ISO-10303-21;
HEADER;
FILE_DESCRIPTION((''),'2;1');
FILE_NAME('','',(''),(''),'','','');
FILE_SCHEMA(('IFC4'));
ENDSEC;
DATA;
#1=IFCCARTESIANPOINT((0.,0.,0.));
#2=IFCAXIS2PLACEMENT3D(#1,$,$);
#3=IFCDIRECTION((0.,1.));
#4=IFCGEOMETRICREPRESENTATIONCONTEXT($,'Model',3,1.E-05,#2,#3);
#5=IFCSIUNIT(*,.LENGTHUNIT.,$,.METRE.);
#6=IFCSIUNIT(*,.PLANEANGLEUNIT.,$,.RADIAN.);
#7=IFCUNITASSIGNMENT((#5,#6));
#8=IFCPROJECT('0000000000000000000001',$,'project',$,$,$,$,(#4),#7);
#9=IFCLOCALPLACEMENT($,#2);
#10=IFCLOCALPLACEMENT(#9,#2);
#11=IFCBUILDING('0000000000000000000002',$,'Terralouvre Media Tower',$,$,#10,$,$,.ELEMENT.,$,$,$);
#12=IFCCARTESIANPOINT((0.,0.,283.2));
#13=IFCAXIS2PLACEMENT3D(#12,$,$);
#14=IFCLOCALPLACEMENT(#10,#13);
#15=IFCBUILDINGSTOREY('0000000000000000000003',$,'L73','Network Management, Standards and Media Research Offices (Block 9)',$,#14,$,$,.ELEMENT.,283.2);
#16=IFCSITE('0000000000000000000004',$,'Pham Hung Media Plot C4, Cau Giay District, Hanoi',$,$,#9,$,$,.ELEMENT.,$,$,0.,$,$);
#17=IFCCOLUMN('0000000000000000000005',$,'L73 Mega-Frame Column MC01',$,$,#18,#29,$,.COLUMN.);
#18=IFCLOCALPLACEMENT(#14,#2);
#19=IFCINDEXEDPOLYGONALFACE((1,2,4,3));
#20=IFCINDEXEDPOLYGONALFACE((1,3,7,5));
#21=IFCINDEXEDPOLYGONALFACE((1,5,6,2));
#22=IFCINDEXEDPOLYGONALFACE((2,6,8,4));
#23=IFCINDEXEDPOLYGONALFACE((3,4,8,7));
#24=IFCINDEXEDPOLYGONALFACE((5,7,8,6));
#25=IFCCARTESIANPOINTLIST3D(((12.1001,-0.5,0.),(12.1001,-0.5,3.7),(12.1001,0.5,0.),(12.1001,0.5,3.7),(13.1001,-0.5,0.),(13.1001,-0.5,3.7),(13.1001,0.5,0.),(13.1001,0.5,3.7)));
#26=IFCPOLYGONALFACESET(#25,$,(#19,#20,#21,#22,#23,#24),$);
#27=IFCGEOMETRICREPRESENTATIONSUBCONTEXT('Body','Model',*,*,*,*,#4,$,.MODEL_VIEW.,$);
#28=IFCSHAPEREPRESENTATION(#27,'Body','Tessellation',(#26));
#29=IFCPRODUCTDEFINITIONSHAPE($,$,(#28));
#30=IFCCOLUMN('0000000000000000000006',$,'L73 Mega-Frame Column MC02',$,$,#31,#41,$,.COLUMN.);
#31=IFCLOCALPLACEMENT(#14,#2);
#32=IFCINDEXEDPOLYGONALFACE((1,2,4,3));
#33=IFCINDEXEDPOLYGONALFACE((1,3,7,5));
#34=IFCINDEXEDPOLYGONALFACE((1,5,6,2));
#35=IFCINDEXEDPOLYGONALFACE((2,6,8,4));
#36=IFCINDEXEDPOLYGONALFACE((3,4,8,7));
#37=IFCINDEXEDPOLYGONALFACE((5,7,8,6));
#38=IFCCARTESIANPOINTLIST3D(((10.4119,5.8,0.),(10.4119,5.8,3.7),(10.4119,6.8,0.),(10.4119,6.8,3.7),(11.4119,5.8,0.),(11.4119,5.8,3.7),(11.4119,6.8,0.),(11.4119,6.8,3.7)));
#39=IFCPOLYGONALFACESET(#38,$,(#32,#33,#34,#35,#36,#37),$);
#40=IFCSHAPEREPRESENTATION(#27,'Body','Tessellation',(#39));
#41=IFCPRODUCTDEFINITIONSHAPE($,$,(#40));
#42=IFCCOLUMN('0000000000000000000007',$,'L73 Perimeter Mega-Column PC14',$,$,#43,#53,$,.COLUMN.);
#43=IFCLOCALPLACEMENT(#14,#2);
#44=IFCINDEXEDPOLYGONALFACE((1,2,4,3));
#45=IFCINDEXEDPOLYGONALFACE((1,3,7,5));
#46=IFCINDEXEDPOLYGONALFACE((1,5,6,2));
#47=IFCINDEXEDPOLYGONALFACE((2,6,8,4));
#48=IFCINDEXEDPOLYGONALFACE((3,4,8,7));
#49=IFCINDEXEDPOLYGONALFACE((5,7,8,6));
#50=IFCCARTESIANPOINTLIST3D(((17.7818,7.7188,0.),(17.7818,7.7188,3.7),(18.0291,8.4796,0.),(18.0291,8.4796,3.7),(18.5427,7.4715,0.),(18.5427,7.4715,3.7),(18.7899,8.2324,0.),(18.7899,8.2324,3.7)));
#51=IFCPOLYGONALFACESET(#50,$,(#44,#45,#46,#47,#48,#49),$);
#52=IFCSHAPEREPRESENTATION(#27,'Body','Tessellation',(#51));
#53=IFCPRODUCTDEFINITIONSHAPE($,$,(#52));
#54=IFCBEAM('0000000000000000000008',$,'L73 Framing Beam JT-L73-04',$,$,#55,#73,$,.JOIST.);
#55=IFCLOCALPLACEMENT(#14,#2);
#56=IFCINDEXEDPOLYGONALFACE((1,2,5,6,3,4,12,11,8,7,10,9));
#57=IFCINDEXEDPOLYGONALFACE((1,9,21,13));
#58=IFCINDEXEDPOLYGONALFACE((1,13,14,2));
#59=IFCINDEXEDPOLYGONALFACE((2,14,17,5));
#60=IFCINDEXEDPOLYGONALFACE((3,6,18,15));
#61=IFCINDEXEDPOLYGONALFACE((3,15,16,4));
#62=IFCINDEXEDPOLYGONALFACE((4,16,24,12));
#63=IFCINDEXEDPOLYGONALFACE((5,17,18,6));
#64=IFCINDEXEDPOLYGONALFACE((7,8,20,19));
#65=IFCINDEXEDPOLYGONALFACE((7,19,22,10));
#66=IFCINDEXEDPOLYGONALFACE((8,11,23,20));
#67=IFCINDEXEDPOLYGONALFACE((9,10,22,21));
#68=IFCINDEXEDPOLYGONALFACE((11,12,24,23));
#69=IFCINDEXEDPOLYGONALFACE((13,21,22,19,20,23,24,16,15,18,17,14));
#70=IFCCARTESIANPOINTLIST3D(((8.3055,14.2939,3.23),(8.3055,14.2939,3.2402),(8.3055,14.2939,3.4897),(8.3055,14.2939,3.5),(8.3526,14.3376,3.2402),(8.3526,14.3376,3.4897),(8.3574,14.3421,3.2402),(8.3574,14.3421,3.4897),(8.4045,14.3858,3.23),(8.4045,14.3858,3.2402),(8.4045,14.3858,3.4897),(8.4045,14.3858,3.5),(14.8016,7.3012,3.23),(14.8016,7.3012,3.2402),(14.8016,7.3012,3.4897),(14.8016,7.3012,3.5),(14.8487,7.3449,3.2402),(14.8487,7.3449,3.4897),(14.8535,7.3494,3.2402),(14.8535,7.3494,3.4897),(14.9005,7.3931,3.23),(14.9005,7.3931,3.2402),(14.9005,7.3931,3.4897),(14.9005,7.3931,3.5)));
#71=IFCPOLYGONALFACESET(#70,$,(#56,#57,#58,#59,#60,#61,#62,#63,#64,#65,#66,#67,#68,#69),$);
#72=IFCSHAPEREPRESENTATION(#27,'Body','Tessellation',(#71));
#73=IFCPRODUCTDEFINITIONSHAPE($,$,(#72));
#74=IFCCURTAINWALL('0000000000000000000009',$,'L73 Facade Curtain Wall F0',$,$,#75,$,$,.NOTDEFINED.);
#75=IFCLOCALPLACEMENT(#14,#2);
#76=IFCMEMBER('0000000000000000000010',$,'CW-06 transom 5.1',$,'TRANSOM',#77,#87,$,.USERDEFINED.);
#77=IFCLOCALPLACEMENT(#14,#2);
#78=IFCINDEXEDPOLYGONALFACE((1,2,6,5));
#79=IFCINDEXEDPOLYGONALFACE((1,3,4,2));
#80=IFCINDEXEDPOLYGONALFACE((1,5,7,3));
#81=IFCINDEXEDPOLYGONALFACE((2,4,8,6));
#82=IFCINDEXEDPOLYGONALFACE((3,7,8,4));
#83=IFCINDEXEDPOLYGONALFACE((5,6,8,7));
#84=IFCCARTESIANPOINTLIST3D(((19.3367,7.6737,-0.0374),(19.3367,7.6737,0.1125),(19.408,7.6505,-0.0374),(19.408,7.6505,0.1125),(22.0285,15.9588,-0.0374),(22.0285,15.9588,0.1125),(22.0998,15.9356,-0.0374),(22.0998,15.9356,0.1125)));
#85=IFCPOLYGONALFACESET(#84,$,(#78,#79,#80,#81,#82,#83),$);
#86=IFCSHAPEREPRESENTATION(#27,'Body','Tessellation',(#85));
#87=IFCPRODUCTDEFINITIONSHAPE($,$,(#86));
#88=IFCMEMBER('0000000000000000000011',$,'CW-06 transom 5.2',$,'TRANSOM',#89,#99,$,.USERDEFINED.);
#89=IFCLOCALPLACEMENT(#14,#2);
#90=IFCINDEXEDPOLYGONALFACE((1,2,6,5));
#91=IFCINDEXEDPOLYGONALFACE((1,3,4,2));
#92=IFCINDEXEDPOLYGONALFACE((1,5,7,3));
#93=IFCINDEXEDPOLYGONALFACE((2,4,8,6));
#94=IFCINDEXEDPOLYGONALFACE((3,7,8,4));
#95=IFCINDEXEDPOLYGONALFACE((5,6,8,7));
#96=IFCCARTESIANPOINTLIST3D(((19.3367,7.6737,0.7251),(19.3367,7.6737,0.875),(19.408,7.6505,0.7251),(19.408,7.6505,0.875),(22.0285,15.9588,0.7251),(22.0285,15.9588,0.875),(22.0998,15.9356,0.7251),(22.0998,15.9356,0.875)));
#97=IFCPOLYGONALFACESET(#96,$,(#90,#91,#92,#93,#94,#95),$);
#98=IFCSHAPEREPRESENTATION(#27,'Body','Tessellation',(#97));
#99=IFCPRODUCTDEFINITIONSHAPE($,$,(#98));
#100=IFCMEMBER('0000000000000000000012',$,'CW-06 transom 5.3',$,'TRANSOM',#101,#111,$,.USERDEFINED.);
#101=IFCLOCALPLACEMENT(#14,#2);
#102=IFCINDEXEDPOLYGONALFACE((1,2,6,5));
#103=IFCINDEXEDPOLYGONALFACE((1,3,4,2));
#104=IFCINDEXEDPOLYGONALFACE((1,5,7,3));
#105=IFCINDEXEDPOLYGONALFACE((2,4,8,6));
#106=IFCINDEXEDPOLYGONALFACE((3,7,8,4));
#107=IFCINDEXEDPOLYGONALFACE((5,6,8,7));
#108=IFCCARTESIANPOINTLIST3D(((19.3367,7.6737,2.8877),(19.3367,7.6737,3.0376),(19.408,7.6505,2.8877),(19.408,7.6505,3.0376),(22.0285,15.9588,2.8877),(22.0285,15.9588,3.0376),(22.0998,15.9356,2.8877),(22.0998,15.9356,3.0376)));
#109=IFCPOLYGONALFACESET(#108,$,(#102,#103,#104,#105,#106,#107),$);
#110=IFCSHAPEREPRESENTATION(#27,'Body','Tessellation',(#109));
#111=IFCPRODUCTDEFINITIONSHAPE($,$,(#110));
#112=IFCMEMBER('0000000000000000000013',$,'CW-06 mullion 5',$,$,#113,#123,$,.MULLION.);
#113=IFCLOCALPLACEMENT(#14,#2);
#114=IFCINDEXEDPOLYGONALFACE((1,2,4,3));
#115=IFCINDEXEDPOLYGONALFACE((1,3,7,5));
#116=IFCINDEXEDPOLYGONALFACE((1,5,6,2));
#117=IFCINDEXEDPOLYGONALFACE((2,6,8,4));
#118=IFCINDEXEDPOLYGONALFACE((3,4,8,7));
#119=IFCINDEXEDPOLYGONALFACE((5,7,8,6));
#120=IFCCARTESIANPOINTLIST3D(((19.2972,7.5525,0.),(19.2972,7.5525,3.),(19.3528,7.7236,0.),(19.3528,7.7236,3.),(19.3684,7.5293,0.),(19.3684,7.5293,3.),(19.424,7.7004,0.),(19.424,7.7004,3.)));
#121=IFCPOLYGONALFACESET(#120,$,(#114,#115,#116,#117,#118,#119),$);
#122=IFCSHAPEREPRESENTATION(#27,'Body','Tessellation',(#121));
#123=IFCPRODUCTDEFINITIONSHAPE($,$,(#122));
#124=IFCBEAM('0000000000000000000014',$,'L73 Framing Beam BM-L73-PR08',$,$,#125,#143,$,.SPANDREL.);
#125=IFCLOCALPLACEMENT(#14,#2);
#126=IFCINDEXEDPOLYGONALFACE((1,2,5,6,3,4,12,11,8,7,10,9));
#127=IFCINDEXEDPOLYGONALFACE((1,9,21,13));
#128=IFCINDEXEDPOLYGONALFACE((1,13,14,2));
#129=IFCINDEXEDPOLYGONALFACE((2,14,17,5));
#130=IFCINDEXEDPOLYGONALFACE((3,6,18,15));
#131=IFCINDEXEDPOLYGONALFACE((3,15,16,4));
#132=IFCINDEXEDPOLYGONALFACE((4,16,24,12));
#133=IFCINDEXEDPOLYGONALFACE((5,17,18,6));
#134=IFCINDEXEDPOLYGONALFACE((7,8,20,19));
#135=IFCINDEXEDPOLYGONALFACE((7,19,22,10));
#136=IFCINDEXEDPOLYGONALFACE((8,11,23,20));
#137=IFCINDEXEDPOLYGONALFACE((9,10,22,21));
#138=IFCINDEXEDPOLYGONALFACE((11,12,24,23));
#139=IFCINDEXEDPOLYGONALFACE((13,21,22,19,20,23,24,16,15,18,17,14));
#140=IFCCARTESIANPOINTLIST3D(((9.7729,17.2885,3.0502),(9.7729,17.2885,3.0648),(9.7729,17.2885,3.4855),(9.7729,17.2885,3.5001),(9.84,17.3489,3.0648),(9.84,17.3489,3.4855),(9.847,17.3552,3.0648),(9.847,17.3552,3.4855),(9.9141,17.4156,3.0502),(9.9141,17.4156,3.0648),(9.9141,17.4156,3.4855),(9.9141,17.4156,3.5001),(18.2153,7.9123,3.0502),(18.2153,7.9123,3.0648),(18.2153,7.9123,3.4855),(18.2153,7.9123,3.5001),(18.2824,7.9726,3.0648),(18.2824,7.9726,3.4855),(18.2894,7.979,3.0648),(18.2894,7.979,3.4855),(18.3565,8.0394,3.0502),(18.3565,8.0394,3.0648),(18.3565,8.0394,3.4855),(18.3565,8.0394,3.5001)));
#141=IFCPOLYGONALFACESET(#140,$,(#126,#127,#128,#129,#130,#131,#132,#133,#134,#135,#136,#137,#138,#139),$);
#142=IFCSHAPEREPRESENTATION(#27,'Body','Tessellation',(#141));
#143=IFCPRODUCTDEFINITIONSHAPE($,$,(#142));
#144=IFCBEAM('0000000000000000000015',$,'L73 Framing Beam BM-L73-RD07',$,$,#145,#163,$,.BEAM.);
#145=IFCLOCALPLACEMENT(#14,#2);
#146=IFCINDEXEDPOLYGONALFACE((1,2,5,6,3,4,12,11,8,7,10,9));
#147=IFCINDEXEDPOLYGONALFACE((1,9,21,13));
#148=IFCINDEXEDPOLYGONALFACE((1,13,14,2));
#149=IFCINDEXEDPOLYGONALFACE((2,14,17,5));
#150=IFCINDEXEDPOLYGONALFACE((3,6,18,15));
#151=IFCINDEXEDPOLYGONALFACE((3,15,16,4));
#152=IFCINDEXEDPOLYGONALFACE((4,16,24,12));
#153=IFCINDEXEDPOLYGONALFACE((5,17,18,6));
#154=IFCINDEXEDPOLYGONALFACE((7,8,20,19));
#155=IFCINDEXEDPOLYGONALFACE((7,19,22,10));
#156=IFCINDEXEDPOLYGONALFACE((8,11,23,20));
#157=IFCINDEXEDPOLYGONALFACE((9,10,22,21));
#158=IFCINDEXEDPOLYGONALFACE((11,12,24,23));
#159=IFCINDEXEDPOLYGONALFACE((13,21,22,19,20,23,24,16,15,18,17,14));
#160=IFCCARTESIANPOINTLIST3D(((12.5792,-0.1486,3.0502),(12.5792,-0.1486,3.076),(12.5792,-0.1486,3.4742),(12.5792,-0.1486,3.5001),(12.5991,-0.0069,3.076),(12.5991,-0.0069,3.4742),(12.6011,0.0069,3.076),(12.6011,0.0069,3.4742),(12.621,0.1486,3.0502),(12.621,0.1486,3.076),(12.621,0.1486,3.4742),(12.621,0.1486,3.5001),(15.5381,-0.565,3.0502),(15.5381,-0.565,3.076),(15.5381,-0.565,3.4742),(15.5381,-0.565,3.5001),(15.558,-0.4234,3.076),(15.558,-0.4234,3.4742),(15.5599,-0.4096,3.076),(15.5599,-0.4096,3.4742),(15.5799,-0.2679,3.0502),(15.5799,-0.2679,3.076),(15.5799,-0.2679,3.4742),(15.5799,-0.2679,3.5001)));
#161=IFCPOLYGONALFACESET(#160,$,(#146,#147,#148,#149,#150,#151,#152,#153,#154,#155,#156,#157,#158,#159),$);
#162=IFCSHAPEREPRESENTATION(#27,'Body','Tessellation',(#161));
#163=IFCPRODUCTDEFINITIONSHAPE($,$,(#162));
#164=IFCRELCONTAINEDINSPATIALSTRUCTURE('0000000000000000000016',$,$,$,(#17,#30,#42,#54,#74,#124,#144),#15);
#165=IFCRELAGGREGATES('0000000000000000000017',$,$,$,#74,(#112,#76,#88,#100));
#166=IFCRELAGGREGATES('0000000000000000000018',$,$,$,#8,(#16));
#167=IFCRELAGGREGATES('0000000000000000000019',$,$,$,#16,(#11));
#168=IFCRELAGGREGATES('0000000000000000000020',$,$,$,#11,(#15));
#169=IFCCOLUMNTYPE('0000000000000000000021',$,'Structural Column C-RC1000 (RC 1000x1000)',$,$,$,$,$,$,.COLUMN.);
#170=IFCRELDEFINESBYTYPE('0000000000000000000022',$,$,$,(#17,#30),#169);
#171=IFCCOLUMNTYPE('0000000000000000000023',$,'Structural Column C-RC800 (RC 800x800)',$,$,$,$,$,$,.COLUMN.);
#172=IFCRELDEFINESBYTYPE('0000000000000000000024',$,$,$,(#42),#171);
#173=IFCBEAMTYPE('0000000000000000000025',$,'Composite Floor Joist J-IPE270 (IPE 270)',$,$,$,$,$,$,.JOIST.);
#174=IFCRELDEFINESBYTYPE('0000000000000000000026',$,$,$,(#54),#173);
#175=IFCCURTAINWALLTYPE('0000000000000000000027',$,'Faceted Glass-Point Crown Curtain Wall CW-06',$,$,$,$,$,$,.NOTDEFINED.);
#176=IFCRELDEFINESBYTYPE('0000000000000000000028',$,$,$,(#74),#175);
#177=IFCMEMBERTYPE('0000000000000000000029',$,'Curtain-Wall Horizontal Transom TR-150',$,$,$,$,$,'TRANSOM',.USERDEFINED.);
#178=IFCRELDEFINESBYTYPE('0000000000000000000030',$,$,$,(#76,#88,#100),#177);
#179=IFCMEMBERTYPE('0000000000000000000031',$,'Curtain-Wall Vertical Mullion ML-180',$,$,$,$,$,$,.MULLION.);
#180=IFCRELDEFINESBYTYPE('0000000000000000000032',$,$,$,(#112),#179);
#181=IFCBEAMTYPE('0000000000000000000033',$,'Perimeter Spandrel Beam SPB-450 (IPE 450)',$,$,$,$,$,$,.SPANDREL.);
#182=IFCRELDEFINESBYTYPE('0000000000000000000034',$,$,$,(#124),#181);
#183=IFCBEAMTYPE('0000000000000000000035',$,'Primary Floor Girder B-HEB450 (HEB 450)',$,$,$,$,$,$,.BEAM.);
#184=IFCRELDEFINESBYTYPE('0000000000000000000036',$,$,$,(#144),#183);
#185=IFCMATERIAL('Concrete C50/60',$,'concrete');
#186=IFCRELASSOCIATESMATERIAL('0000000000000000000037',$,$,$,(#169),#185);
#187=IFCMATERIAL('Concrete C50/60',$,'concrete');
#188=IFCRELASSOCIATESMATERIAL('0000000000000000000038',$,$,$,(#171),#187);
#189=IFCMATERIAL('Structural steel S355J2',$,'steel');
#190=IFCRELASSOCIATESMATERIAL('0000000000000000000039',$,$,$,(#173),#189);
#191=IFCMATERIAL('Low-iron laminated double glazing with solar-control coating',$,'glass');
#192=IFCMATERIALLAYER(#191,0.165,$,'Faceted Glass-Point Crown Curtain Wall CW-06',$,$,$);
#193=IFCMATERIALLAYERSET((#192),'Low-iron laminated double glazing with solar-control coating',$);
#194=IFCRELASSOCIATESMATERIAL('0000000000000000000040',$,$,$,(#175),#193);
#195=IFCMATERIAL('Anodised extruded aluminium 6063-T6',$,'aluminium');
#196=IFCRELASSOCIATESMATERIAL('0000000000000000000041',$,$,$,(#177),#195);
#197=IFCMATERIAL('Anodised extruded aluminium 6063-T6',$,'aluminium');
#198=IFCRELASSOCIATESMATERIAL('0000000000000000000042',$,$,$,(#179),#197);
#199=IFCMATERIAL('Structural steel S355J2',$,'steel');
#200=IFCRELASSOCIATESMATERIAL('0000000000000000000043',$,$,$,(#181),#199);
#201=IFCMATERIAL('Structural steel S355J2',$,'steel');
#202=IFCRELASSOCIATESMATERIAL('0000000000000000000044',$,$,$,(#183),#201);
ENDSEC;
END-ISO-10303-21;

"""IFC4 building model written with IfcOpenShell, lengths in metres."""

from ifc_helpers import new_model, si_unit, direction, frame, origin, origin_2d, place, context, subcontext, project, spatial, rectangle, i_section, extrude, material, layer, layer_set, material_profile, profile_set, type_object, element, aggregate, save


model = new_model("IFC4")

# Units and contexts
model_context = context("Model", 3, precision=1e-05, world=origin(), true_north=direction((0.0, 1.0)))
body_context = subcontext(model_context, "Body", "Model", "MODEL_VIEW")
ifc_project = project(units=[si_unit("LENGTHUNIT", "METRE"), si_unit("PLANEANGLEUNIT", "RADIAN")], contexts=[model_context])

# Site, building, storey
site_placement = place(None, origin())
site = spatial("IfcSite", under=ifc_project, at=site_placement, Name="Pham Hung Media Plot C4, Cau Giay District, Hanoi", CompositionType="ELEMENT", RefElevation=0.0)
building_placement = place(site_placement, origin())
building = spatial("IfcBuilding", under=site, at=building_placement, Name="Terralouvre Media Tower", CompositionType="ELEMENT")
storey_placement = place(building_placement, frame((0.0, 0.0, 283.2)))
storey = spatial("IfcBuildingStorey", under=building, at=storey_placement, Name="L73", Description="Network Management, Standards and Media Research Offices (Block 9)", CompositionType="ELEMENT", Elevation=283.2)

# Columns
ifc_material_1 = material(Name="Concrete C50/60", Category="concrete")
ifc_material_profile_1 = material_profile(ifc_material_1, rectangle(XDim=1.0, YDim=1.0, at=origin_2d()), Name="RC 1000x1000")
ifc_profile_set_1 = profile_set([ifc_material_profile_1], Name="Concrete C50/60")
column_type_1 = type_object("IfcColumnType", Name="Structural Column C-RC1000 (RC 1000x1000)", PredefinedType="COLUMN", material=ifc_profile_set_1)
for number, where, z_axis, x_axis, name in (
    (1, (12.6001, 0.0, 0.0), (0.0, 0.0, 1.0), (1.0, 0.0, 0.0), "L73 Mega-Frame Column MC01"),
    (2, (10.9119, 6.3, 0.0), (0.0, 0.0, 1.0), (1.0, 0.0, 0.0), "L73 Mega-Frame Column MC02"),
):
    element("IfcColumn", number, at=place(storey_placement, frame(where, z_axis=z_axis, x_axis=x_axis)), inside=storey, type_object=column_type_1, Name=name, PredefinedType="COLUMN", context=body_context, shape_type="SweptSolid", body=[
        extrude(rectangle(XDim=1.0, YDim=1.0, at=origin_2d()), origin(), (0.0, 0.0, 1.0), 3.7),
    ])
ifc_material_2 = material(Name="Concrete C50/60", Category="concrete")
ifc_material_profile_2 = material_profile(ifc_material_2, rectangle(XDim=0.8, YDim=0.8, at=origin_2d()), Name="RC 800x800")
ifc_profile_set_2 = profile_set([ifc_material_profile_2], Name="Concrete C50/60")
column_type_2 = type_object("IfcColumnType", Name="Structural Column C-RC800 (RC 800x800)", PredefinedType="COLUMN", material=ifc_profile_set_2)
column_placement = place(storey_placement, frame((18.2859, 7.9756, 0.0), z_axis=(0.0, 0.0, 1.0), x_axis=(0.309017, 0.951057, 0.0)))
element("IfcColumn", 3, at=column_placement, inside=storey, type_object=column_type_2, Name="L73 Perimeter Mega-Column PC14", PredefinedType="COLUMN", context=body_context, shape_type="SweptSolid", body=[
    extrude(rectangle(XDim=0.8, YDim=0.8, at=origin_2d()), origin(), (0.0, 0.0, 1.0), 3.7),
])

# Beam
ifc_material_3 = material(Name="Structural steel S355J2", Category="steel")
ifc_material_profile_3 = material_profile(ifc_material_3, i_section(OverallWidth=0.135, OverallDepth=0.27, WebThickness=0.0066, FlangeThickness=0.0103, at=origin_2d()), Name="IPE 270")
ifc_profile_set_3 = profile_set([ifc_material_profile_3], Name="Structural steel S355J2")
beam_type_1 = type_object("IfcBeamType", Name="Composite Floor Joist J-IPE270 (IPE 270)", PredefinedType="JOIST", material=ifc_profile_set_3)
beam_1_placement = place(storey_placement, frame((14.8511, 7.3472, 3.365), z_axis=(-0.680614, 0.732642, 0.0), x_axis=(-0.732642, -0.680614, 0.0)))
element("IfcBeam", 4, at=beam_1_placement, inside=storey, type_object=beam_type_1, Name="L73 Framing Beam JT-L73-04", PredefinedType="JOIST", context=body_context, shape_type="SweptSolid", body=[
    extrude(i_section(OverallWidth=0.135, OverallDepth=0.27, WebThickness=0.0066, FlangeThickness=0.0103, at=origin_2d()), origin(), (0.0, 0.0, 1.0), 9.5444),
])

# Curtain wall, members
ifc_material_4 = material(Name="Low-iron laminated double glazing with solar-control coating", Category="glass")
ifc_layer_1 = layer(ifc_material_4, 0.165, Name="Faceted Glass-Point Crown Curtain Wall CW-06")
ifc_layer_set_1 = layer_set([ifc_layer_1], Name="Low-iron laminated double glazing with solar-control coating")
curtain_wall_type = type_object("IfcCurtainWallType", Name="Faceted Glass-Point Crown Curtain Wall CW-06", PredefinedType="NOTDEFINED", material=ifc_layer_set_1)
curtain_wall_placement = place(storey_placement, origin())
curtain_wall = element("IfcCurtainWall", 5, at=curtain_wall_placement, inside=storey, type_object=curtain_wall_type, Name="L73 Facade Curtain Wall F0", PredefinedType="NOTDEFINED")
ifc_material_5 = material(Name="Anodised extruded aluminium 6063-T6", Category="aluminium")
ifc_material_profile_4 = material_profile(ifc_material_5, rectangle(XDim=0.075, YDim=0.1499, at=origin_2d()), Name="ALU 75x150")
ifc_profile_set_4 = profile_set([ifc_material_profile_4], Name="Anodised extruded aluminium 6063-T6")
member_type_1 = type_object("IfcMemberType", Name="Curtain-Wall Horizontal Transom TR-150", ElementType="TRANSOM", PredefinedType="USERDEFINED", material=ifc_profile_set_4)
member_1_placement = place(storey_placement, frame((19.3723, 7.6621, 0.0376), z_axis=(0.309005, 0.95106, 0.0), x_axis=(-0.95106, 0.309005, 0.0)))
member_1 = element("IfcMember", 6, at=member_1_placement, type_object=member_type_1, Name="CW-06 transom 5.1", ObjectType="TRANSOM", PredefinedType="USERDEFINED", context=body_context, shape_type="SweptSolid", body=[
    extrude(rectangle(XDim=0.075, YDim=0.1499, at=origin_2d()), origin(), (0.0, 0.0, 1.0), 8.7114),
])
member_2_placement = place(storey_placement, frame((19.3723, 7.6621, 0.8), z_axis=(0.309005, 0.95106, 0.0), x_axis=(-0.95106, 0.309005, 0.0)))
member_2 = element("IfcMember", 7, at=member_2_placement, type_object=member_type_1, Name="CW-06 transom 5.2", ObjectType="TRANSOM", PredefinedType="USERDEFINED", context=body_context, shape_type="SweptSolid", body=[
    extrude(rectangle(XDim=0.075, YDim=0.1499, at=origin_2d()), origin(), (0.0, 0.0, 1.0), 8.7114),
])
member_3_placement = place(storey_placement, frame((19.3723, 7.6621, 2.9626), z_axis=(0.309005, 0.95106, 0.0), x_axis=(-0.95106, 0.309005, 0.0)))
member_3 = element("IfcMember", 8, at=member_3_placement, type_object=member_type_1, Name="CW-06 transom 5.3", ObjectType="TRANSOM", PredefinedType="USERDEFINED", context=body_context, shape_type="SweptSolid", body=[
    extrude(rectangle(XDim=0.075, YDim=0.1499, at=origin_2d()), origin(), (0.0, 0.0, 1.0), 8.7114),
])
ifc_material_6 = material(Name="Anodised extruded aluminium 6063-T6", Category="aluminium")
ifc_material_profile_5 = material_profile(ifc_material_6, rectangle(XDim=0.075, YDim=0.1799, at=origin_2d()), Name="ALU 75x180")
ifc_profile_set_5 = profile_set([ifc_material_profile_5], Name="Anodised extruded aluminium 6063-T6")
member_type_2 = type_object("IfcMemberType", Name="Curtain-Wall Vertical Mullion ML-180", PredefinedType="MULLION", material=ifc_profile_set_5)
member_4_placement = place(storey_placement, frame((19.3606, 7.6265, 0.0), z_axis=(0.0, 0.0, 1.0), x_axis=(-0.951057, 0.309017, 0.0)))
member_4 = element("IfcMember", 9, at=member_4_placement, type_object=member_type_2, Name="CW-06 mullion 5", PredefinedType="MULLION", context=body_context, shape_type="SweptSolid", body=[
    extrude(rectangle(XDim=0.075, YDim=0.1799, at=origin_2d()), origin(), (0.0, 0.0, 1.0), 3.0),
])

# Beams
ifc_material_7 = material(Name="Structural steel S355J2", Category="steel")
ifc_material_profile_6 = material_profile(ifc_material_7, i_section(OverallWidth=0.1899, OverallDepth=0.45, WebThickness=0.0095, FlangeThickness=0.0146, at=origin_2d()), Name="IPE 450")
ifc_profile_set_6 = profile_set([ifc_material_profile_6], Name="Structural steel S355J2")
beam_type_2 = type_object("IfcBeamType", Name="Perimeter Spandrel Beam SPB-450 (IPE 450)", PredefinedType="SPANDREL", material=ifc_profile_set_6)
beam_2_placement = place(storey_placement, frame((18.2859, 7.9758, 3.2751), z_axis=(-0.66913, 0.743145, 0.0), x_axis=(-0.743145, -0.66913, 0.0)))
element("IfcBeam", 10, at=beam_2_placement, inside=storey, type_object=beam_type_2, Name="L73 Framing Beam BM-L73-PR08", PredefinedType="SPANDREL", context=body_context, shape_type="SweptSolid", body=[
    extrude(i_section(OverallWidth=0.1899, OverallDepth=0.45, WebThickness=0.0095, FlangeThickness=0.0146, at=origin_2d()), origin(), (0.0, 0.0, 1.0), 12.6169),
])
ifc_material_8 = material(Name="Structural steel S355J2", Category="steel")
ifc_material_profile_7 = material_profile(ifc_material_8, i_section(OverallWidth=0.3, OverallDepth=0.45, WebThickness=0.0139, FlangeThickness=0.0259, at=origin_2d()), Name="HEB 450")
ifc_profile_set_7 = profile_set([ifc_material_profile_7], Name="Structural steel S355J2")
beam_type_3 = type_object("IfcBeamType", Name="Primary Floor Girder B-HEB450 (HEB 450)", PredefinedType="BEAM", material=ifc_profile_set_7)
beam_3_placement = place(storey_placement, frame((12.6001, 0.0, 3.2751), z_axis=(0.990238, -0.139385, 0.0), x_axis=(0.139385, 0.990238, 0.0)))
element("IfcBeam", 11, at=beam_3_placement, inside=storey, type_object=beam_type_3, Name="L73 Framing Beam BM-L73-RD07", PredefinedType="BEAM", context=body_context, shape_type="SweptSolid", body=[
    extrude(i_section(OverallWidth=0.3, OverallDepth=0.45, WebThickness=0.0139, FlangeThickness=0.0259, at=origin_2d()), origin(), (0.0, 0.0, 1.0), 2.988),
])

aggregate(curtain_wall, [member_4, member_1, member_2, member_3])

save(model, "model.ifc")
